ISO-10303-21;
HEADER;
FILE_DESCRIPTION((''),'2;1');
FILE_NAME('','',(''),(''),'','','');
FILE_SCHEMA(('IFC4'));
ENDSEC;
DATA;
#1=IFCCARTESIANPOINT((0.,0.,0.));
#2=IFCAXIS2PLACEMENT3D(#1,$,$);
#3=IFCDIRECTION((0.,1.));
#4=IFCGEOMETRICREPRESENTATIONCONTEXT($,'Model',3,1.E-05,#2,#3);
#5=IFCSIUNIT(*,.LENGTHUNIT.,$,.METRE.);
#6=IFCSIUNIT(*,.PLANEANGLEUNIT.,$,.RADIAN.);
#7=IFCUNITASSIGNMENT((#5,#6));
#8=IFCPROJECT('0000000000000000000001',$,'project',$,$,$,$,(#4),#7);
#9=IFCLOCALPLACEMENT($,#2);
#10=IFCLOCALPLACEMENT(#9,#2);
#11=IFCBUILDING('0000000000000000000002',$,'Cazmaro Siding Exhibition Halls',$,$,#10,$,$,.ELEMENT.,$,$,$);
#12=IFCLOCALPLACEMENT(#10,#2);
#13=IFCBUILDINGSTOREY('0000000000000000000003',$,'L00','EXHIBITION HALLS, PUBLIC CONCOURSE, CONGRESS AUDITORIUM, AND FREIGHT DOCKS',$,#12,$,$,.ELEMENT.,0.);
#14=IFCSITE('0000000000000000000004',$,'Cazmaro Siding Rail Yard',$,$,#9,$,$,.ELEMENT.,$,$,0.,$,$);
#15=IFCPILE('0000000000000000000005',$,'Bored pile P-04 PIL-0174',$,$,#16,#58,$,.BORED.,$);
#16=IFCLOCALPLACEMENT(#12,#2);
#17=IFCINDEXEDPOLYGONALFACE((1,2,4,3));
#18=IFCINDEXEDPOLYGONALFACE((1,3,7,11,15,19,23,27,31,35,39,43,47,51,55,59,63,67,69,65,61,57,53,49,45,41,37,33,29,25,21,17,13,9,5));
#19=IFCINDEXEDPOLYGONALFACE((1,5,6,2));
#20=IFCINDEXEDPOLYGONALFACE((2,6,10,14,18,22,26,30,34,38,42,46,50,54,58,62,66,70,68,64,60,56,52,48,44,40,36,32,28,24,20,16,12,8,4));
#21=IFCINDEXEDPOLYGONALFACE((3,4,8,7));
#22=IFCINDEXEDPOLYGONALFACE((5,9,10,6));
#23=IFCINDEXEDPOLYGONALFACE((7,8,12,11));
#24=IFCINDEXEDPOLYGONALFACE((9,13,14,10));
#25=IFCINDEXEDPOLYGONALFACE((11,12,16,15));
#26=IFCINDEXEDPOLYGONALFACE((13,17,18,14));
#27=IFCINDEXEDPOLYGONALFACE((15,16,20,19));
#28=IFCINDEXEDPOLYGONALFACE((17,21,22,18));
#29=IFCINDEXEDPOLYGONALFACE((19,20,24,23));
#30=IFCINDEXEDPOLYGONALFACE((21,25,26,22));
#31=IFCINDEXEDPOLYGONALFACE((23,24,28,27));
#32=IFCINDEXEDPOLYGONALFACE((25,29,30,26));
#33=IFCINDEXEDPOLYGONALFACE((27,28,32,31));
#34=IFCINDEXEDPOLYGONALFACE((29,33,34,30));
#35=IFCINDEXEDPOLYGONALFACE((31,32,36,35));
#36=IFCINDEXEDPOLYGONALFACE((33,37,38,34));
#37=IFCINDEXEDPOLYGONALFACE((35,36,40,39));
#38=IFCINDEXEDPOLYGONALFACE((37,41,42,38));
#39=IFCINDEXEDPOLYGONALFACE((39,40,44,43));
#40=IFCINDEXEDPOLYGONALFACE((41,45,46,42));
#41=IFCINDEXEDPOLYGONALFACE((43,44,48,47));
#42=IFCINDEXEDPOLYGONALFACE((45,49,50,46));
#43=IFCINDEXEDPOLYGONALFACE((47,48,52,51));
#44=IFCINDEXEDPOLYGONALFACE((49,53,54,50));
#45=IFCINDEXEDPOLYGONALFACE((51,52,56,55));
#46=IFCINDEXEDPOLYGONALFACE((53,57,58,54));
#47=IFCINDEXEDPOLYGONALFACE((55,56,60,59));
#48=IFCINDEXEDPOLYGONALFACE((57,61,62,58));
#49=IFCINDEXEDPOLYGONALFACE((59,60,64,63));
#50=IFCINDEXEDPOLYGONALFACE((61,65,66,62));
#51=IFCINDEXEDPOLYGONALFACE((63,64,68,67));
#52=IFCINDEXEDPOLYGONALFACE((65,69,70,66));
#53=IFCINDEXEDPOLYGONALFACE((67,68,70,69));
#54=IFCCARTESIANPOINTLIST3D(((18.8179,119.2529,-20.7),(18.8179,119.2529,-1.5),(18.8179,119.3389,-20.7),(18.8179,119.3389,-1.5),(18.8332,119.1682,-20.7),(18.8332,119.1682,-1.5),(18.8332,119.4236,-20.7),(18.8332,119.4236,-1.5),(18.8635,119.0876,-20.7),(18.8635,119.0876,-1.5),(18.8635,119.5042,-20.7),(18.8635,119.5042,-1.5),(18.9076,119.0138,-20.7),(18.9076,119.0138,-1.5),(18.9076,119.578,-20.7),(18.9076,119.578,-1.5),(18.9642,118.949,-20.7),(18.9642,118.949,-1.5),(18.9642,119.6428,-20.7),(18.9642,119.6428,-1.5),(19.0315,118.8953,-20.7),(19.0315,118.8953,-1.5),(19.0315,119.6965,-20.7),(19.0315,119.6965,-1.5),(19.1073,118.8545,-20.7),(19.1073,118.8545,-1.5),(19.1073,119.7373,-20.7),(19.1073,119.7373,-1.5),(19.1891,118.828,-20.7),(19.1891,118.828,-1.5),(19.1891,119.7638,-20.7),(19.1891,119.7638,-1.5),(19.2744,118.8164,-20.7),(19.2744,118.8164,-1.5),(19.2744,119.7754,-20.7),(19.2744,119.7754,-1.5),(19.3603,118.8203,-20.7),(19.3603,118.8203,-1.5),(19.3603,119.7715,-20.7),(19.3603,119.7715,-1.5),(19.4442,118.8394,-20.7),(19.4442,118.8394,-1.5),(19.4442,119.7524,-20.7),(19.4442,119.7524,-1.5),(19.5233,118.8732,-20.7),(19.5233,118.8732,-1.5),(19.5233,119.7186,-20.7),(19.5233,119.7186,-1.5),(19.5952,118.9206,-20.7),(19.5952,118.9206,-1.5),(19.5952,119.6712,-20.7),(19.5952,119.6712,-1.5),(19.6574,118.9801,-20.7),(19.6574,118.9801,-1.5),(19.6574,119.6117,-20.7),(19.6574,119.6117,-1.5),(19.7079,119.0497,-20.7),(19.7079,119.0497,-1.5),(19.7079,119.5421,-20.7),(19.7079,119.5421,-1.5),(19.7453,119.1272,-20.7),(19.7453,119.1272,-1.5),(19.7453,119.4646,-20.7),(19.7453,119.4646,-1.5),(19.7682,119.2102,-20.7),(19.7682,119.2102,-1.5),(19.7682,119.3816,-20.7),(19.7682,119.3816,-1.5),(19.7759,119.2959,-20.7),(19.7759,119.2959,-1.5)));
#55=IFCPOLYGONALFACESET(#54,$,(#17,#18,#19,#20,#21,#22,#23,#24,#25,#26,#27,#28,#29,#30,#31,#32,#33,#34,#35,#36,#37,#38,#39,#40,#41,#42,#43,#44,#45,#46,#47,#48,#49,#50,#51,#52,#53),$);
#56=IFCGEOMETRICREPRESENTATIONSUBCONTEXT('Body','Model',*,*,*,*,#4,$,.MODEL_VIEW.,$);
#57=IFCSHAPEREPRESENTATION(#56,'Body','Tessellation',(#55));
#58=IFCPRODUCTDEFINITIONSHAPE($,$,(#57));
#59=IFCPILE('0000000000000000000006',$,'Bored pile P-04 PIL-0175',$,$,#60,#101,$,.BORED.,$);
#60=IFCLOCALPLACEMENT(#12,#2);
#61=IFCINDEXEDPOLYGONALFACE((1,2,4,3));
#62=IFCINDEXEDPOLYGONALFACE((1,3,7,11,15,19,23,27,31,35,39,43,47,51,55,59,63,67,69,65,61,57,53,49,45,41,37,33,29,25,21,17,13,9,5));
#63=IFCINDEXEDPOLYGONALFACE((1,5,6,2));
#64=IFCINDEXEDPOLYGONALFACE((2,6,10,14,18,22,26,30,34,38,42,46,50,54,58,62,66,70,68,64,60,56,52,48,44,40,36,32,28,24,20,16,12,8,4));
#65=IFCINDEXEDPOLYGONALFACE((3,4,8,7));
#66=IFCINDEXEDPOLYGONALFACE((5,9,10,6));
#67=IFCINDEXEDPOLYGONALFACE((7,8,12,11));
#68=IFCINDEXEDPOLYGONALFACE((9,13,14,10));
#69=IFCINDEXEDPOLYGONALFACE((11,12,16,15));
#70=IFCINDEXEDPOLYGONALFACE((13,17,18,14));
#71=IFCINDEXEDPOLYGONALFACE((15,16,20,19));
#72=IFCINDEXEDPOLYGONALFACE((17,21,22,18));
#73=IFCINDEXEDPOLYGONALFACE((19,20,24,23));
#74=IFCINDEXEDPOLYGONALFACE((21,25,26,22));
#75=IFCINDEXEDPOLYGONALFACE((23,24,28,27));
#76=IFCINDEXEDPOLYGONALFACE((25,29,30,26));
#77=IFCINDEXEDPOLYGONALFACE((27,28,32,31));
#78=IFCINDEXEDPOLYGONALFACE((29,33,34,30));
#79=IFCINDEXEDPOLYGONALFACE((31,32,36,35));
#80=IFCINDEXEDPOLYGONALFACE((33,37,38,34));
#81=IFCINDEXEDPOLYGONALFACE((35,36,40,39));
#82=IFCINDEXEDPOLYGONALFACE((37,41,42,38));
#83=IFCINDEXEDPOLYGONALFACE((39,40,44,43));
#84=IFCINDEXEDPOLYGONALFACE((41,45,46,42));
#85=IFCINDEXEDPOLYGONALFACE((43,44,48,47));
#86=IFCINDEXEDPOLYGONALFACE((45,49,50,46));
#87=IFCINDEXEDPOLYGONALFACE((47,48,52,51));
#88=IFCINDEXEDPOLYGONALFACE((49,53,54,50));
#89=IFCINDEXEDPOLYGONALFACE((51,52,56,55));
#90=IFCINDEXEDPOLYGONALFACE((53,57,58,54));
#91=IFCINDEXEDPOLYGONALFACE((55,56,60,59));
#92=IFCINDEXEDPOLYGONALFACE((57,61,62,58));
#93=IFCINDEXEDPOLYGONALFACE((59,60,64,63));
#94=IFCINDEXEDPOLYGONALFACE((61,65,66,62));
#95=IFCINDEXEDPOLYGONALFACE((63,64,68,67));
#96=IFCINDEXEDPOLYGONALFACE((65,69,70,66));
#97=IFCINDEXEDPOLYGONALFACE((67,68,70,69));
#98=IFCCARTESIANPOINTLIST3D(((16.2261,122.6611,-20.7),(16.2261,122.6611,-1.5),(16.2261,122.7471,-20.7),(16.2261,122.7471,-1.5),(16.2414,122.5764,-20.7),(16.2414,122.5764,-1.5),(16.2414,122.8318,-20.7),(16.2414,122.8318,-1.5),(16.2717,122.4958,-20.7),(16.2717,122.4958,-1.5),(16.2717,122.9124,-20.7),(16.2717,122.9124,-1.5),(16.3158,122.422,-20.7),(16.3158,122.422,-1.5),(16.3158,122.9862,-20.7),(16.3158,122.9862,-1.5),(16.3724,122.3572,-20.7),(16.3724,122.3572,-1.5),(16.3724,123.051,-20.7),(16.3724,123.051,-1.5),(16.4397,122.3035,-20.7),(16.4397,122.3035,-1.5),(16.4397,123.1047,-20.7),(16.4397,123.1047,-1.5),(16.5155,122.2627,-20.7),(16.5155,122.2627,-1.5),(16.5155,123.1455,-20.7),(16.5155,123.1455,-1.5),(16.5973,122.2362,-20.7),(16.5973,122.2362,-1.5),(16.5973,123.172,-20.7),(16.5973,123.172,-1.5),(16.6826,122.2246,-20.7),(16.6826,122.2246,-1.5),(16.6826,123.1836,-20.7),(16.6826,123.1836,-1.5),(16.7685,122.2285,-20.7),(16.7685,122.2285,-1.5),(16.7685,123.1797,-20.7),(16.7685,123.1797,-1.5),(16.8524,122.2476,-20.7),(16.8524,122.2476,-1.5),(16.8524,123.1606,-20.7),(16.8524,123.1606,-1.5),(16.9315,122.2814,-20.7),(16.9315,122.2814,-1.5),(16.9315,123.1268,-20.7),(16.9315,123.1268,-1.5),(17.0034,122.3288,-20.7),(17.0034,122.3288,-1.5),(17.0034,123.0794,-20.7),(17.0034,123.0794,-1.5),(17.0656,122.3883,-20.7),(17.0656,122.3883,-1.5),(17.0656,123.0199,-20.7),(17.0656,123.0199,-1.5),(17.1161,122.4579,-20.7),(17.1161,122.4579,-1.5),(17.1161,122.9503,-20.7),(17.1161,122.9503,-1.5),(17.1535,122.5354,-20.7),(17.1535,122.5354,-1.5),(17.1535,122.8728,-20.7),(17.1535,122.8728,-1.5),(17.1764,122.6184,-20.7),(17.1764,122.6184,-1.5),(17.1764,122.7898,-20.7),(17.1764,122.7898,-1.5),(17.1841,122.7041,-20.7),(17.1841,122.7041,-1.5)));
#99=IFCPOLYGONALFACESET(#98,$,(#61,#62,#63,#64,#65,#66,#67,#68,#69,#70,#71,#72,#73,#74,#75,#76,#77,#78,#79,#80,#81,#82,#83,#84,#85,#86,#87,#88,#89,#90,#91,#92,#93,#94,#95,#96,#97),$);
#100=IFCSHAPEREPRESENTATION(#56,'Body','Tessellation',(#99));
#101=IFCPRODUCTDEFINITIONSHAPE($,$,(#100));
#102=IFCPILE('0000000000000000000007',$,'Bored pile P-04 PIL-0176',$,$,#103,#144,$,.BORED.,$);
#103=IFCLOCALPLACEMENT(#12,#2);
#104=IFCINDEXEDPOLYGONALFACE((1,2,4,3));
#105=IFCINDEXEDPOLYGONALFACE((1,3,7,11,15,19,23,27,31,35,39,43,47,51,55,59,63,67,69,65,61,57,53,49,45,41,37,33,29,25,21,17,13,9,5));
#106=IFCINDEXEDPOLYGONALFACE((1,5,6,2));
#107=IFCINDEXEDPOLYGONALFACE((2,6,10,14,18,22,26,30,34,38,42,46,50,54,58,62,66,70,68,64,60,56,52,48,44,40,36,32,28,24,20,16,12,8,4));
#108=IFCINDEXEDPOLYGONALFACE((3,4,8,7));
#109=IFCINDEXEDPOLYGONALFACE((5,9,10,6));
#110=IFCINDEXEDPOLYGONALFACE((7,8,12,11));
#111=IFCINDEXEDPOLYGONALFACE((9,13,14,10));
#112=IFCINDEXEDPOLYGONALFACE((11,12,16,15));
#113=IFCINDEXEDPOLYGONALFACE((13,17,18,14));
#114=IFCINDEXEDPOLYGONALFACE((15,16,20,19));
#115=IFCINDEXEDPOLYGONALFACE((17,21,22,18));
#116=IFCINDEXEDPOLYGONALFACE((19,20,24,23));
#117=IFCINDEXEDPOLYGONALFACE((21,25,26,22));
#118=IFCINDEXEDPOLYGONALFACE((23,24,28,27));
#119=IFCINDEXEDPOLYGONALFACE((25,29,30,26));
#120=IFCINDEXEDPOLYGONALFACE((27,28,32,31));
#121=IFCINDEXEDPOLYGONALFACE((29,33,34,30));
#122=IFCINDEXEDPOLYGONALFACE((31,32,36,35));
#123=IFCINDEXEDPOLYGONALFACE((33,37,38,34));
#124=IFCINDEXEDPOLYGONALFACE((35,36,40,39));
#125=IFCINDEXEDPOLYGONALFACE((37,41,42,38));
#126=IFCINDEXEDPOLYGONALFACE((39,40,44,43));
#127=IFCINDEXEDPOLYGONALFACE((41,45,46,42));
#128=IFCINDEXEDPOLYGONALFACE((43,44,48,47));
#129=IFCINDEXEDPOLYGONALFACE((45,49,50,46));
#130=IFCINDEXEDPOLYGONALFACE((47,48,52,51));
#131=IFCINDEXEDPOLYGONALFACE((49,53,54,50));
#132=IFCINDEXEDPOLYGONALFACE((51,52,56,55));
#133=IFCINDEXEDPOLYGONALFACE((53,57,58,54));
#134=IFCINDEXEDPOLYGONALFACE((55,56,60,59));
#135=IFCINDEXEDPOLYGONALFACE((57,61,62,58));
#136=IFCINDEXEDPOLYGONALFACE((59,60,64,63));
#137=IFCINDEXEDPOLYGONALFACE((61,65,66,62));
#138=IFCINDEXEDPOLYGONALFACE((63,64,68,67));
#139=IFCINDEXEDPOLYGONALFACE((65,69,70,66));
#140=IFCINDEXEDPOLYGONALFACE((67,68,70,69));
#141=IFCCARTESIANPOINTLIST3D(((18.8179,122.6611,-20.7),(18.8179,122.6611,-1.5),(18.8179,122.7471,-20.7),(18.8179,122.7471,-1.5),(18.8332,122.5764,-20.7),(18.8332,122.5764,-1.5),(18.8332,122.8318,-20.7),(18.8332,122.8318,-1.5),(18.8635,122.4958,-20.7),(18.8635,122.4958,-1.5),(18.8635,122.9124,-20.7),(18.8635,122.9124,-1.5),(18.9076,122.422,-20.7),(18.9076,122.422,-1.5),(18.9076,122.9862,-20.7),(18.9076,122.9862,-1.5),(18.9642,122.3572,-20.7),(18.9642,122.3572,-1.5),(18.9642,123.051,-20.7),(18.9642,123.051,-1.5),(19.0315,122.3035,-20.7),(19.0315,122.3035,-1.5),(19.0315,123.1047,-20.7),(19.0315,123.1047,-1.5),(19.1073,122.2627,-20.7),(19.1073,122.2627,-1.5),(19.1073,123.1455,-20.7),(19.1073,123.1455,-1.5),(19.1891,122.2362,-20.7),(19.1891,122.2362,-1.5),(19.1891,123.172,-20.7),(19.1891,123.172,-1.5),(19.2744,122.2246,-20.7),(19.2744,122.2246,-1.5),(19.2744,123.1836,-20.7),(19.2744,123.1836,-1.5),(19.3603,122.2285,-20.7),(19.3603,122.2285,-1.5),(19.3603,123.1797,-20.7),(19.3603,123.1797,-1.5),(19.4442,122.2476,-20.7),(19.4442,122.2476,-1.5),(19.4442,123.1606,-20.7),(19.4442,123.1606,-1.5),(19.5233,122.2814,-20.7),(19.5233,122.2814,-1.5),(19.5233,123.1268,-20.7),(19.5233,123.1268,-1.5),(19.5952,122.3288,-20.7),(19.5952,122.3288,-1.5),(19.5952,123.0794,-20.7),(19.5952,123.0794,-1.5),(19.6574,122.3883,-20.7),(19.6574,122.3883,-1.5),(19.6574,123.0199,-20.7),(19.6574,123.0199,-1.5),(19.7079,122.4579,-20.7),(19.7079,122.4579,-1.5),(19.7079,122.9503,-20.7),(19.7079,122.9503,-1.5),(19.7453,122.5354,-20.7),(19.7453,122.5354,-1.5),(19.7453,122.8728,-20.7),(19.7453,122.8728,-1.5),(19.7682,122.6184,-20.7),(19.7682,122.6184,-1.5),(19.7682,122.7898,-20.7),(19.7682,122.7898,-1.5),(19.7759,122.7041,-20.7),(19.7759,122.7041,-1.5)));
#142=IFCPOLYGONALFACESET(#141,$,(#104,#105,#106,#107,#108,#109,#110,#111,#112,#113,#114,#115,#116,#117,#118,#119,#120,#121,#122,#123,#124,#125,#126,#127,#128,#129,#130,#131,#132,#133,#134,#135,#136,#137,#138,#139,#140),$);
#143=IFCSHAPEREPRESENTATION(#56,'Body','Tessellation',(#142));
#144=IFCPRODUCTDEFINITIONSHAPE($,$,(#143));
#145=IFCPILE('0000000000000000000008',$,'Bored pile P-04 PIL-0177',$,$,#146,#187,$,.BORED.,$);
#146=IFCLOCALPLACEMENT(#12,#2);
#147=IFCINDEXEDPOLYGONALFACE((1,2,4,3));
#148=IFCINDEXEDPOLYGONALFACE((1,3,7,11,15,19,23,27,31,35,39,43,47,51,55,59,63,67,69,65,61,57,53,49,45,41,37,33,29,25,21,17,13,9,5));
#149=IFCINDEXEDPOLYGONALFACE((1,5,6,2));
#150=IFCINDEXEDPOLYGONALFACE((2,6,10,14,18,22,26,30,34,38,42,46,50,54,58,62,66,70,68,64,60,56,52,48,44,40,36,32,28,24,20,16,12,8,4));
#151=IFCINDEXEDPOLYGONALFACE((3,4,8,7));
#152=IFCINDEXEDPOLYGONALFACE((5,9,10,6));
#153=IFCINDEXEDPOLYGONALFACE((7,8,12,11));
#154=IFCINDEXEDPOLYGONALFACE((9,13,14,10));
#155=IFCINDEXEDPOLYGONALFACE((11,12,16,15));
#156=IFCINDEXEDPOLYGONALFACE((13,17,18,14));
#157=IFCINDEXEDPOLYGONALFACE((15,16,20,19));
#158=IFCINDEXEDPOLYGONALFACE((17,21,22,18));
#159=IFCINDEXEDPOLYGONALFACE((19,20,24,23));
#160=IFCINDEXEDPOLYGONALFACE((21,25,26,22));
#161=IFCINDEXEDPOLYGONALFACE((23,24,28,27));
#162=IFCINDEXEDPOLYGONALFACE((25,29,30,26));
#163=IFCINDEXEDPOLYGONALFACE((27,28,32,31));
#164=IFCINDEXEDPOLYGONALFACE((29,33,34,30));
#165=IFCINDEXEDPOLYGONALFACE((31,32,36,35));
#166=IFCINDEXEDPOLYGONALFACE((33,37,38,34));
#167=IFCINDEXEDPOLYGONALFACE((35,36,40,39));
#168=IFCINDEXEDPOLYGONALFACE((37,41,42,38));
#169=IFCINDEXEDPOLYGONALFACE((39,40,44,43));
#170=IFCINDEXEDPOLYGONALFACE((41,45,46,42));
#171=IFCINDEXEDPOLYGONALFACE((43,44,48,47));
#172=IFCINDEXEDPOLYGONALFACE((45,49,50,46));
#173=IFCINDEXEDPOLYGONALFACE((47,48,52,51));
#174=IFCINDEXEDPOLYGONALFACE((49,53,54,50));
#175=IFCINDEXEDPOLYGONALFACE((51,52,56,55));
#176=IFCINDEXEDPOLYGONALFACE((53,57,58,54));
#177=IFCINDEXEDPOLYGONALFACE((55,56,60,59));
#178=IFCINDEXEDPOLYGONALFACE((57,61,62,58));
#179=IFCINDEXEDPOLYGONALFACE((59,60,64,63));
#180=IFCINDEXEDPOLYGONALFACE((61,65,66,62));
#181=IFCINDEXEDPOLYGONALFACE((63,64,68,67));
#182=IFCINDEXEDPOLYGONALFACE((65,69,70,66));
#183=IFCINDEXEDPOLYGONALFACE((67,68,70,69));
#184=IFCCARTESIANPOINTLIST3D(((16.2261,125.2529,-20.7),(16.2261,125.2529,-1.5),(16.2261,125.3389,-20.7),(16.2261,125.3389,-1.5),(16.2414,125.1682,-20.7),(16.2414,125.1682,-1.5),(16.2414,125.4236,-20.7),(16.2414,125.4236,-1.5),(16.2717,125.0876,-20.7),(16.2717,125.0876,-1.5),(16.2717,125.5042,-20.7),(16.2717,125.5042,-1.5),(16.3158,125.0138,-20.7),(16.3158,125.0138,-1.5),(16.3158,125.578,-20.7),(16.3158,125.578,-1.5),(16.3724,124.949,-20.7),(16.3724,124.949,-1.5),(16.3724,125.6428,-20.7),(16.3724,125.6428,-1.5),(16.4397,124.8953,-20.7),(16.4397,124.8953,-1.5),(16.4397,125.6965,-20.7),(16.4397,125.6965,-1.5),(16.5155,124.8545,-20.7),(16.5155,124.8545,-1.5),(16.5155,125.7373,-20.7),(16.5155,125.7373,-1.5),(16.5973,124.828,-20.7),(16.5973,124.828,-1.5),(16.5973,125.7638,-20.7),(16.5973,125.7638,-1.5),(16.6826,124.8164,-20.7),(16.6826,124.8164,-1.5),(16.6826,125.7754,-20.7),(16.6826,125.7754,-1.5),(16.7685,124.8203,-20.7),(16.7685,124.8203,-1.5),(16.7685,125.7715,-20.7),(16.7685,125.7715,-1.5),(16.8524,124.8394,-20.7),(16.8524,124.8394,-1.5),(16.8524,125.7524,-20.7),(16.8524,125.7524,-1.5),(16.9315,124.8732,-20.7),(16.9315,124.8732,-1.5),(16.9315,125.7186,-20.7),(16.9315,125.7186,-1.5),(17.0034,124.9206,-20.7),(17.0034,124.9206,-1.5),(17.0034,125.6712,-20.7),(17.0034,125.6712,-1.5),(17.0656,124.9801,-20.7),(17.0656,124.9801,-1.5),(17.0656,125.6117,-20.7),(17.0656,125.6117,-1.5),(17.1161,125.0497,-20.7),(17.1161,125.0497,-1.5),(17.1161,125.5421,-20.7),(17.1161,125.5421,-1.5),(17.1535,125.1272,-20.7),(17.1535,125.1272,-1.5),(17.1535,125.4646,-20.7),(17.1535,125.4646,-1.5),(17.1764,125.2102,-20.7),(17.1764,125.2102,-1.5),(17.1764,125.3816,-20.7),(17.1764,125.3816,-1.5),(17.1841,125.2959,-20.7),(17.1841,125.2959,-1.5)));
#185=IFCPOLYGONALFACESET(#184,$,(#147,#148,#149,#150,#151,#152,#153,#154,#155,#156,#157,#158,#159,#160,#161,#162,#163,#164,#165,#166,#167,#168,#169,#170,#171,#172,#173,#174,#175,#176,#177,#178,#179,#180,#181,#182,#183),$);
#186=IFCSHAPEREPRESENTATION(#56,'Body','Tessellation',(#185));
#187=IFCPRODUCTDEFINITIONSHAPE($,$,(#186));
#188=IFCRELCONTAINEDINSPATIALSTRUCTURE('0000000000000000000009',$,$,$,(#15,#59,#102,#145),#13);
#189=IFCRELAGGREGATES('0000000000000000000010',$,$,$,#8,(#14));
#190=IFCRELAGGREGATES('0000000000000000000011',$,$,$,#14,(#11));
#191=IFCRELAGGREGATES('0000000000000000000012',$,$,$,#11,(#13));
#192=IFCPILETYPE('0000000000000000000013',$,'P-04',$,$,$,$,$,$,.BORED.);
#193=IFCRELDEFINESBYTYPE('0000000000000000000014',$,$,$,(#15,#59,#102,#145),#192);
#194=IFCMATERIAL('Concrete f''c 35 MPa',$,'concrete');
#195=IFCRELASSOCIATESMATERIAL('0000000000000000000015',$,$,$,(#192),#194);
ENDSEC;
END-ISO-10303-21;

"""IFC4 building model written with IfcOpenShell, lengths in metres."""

from ifc_helpers import new_model, si_unit, direction, frame, origin, origin_2d, place, context, subcontext, project, spatial, circle, extrude, material, material_profile, profile_set, type_object, element, save


model = new_model("IFC4")

# Units and contexts
model_context = context("Model", 3, precision=1e-05, world=origin(), true_north=direction((0.0, 1.0)))
body_context = subcontext(model_context, "Body", "Model", "MODEL_VIEW")
ifc_project = project(units=[si_unit("LENGTHUNIT", "METRE"), si_unit("PLANEANGLEUNIT", "RADIAN")], contexts=[model_context])

# Site, building, storey
site_placement = place(None, origin())
site = spatial("IfcSite", under=ifc_project, at=site_placement, Name="Cazmaro Siding Rail Yard", CompositionType="ELEMENT", RefElevation=0.0)
building_placement = place(site_placement, origin())
building = spatial("IfcBuilding", under=site, at=building_placement, Name="Cazmaro Siding Exhibition Halls", CompositionType="ELEMENT")
storey_placement = place(building_placement, origin())
storey = spatial("IfcBuildingStorey", under=building, at=storey_placement, Name="L00", Description="EXHIBITION HALLS, PUBLIC CONCOURSE, CONGRESS AUDITORIUM, AND FREIGHT DOCKS", CompositionType="ELEMENT", Elevation=0.0)

# Piles
ifc_material_1 = material(Name="Concrete f'c 35 MPa", Category="concrete")
ifc_material_profile_1 = material_profile(ifc_material_1, circle(Radius=0.48, at=origin_2d()), Name="CIDH-960")
ifc_profile_set_1 = profile_set([ifc_material_profile_1], Name="Concrete f'c 35 MPa")
pile_type = type_object("IfcPileType", Name="P-04", PredefinedType="BORED", material=ifc_profile_set_1)
for number, where, z_axis, x_axis, name in (
    (1, (19.2959, 119.2959, -1.5), (0.0, 0.0, -1.0), (1.0, 0.0, 0.0), "Bored pile P-04 PIL-0174"),
    (2, (16.7041, 122.7041, -1.5), (0.0, 0.0, -1.0), (1.0, 0.0, 0.0), "Bored pile P-04 PIL-0175"),
    (3, (19.2959, 122.7041, -1.5), (0.0, 0.0, -1.0), (1.0, 0.0, 0.0), "Bored pile P-04 PIL-0176"),
    (4, (16.7041, 125.2959, -1.5), (0.0, 0.0, -1.0), (1.0, 0.0, 0.0), "Bored pile P-04 PIL-0177"),
):
    element("IfcPile", number, at=place(storey_placement, frame(where, z_axis=z_axis, x_axis=x_axis)), inside=storey, type_object=pile_type, Name=name, PredefinedType="BORED", context=body_context, shape_type="SweptSolid", body=[
        extrude(circle(Radius=0.48, at=origin_2d()), origin(), (0.0, 0.0, 1.0), 19.2),
    ])

save(model, "model.ifc")
